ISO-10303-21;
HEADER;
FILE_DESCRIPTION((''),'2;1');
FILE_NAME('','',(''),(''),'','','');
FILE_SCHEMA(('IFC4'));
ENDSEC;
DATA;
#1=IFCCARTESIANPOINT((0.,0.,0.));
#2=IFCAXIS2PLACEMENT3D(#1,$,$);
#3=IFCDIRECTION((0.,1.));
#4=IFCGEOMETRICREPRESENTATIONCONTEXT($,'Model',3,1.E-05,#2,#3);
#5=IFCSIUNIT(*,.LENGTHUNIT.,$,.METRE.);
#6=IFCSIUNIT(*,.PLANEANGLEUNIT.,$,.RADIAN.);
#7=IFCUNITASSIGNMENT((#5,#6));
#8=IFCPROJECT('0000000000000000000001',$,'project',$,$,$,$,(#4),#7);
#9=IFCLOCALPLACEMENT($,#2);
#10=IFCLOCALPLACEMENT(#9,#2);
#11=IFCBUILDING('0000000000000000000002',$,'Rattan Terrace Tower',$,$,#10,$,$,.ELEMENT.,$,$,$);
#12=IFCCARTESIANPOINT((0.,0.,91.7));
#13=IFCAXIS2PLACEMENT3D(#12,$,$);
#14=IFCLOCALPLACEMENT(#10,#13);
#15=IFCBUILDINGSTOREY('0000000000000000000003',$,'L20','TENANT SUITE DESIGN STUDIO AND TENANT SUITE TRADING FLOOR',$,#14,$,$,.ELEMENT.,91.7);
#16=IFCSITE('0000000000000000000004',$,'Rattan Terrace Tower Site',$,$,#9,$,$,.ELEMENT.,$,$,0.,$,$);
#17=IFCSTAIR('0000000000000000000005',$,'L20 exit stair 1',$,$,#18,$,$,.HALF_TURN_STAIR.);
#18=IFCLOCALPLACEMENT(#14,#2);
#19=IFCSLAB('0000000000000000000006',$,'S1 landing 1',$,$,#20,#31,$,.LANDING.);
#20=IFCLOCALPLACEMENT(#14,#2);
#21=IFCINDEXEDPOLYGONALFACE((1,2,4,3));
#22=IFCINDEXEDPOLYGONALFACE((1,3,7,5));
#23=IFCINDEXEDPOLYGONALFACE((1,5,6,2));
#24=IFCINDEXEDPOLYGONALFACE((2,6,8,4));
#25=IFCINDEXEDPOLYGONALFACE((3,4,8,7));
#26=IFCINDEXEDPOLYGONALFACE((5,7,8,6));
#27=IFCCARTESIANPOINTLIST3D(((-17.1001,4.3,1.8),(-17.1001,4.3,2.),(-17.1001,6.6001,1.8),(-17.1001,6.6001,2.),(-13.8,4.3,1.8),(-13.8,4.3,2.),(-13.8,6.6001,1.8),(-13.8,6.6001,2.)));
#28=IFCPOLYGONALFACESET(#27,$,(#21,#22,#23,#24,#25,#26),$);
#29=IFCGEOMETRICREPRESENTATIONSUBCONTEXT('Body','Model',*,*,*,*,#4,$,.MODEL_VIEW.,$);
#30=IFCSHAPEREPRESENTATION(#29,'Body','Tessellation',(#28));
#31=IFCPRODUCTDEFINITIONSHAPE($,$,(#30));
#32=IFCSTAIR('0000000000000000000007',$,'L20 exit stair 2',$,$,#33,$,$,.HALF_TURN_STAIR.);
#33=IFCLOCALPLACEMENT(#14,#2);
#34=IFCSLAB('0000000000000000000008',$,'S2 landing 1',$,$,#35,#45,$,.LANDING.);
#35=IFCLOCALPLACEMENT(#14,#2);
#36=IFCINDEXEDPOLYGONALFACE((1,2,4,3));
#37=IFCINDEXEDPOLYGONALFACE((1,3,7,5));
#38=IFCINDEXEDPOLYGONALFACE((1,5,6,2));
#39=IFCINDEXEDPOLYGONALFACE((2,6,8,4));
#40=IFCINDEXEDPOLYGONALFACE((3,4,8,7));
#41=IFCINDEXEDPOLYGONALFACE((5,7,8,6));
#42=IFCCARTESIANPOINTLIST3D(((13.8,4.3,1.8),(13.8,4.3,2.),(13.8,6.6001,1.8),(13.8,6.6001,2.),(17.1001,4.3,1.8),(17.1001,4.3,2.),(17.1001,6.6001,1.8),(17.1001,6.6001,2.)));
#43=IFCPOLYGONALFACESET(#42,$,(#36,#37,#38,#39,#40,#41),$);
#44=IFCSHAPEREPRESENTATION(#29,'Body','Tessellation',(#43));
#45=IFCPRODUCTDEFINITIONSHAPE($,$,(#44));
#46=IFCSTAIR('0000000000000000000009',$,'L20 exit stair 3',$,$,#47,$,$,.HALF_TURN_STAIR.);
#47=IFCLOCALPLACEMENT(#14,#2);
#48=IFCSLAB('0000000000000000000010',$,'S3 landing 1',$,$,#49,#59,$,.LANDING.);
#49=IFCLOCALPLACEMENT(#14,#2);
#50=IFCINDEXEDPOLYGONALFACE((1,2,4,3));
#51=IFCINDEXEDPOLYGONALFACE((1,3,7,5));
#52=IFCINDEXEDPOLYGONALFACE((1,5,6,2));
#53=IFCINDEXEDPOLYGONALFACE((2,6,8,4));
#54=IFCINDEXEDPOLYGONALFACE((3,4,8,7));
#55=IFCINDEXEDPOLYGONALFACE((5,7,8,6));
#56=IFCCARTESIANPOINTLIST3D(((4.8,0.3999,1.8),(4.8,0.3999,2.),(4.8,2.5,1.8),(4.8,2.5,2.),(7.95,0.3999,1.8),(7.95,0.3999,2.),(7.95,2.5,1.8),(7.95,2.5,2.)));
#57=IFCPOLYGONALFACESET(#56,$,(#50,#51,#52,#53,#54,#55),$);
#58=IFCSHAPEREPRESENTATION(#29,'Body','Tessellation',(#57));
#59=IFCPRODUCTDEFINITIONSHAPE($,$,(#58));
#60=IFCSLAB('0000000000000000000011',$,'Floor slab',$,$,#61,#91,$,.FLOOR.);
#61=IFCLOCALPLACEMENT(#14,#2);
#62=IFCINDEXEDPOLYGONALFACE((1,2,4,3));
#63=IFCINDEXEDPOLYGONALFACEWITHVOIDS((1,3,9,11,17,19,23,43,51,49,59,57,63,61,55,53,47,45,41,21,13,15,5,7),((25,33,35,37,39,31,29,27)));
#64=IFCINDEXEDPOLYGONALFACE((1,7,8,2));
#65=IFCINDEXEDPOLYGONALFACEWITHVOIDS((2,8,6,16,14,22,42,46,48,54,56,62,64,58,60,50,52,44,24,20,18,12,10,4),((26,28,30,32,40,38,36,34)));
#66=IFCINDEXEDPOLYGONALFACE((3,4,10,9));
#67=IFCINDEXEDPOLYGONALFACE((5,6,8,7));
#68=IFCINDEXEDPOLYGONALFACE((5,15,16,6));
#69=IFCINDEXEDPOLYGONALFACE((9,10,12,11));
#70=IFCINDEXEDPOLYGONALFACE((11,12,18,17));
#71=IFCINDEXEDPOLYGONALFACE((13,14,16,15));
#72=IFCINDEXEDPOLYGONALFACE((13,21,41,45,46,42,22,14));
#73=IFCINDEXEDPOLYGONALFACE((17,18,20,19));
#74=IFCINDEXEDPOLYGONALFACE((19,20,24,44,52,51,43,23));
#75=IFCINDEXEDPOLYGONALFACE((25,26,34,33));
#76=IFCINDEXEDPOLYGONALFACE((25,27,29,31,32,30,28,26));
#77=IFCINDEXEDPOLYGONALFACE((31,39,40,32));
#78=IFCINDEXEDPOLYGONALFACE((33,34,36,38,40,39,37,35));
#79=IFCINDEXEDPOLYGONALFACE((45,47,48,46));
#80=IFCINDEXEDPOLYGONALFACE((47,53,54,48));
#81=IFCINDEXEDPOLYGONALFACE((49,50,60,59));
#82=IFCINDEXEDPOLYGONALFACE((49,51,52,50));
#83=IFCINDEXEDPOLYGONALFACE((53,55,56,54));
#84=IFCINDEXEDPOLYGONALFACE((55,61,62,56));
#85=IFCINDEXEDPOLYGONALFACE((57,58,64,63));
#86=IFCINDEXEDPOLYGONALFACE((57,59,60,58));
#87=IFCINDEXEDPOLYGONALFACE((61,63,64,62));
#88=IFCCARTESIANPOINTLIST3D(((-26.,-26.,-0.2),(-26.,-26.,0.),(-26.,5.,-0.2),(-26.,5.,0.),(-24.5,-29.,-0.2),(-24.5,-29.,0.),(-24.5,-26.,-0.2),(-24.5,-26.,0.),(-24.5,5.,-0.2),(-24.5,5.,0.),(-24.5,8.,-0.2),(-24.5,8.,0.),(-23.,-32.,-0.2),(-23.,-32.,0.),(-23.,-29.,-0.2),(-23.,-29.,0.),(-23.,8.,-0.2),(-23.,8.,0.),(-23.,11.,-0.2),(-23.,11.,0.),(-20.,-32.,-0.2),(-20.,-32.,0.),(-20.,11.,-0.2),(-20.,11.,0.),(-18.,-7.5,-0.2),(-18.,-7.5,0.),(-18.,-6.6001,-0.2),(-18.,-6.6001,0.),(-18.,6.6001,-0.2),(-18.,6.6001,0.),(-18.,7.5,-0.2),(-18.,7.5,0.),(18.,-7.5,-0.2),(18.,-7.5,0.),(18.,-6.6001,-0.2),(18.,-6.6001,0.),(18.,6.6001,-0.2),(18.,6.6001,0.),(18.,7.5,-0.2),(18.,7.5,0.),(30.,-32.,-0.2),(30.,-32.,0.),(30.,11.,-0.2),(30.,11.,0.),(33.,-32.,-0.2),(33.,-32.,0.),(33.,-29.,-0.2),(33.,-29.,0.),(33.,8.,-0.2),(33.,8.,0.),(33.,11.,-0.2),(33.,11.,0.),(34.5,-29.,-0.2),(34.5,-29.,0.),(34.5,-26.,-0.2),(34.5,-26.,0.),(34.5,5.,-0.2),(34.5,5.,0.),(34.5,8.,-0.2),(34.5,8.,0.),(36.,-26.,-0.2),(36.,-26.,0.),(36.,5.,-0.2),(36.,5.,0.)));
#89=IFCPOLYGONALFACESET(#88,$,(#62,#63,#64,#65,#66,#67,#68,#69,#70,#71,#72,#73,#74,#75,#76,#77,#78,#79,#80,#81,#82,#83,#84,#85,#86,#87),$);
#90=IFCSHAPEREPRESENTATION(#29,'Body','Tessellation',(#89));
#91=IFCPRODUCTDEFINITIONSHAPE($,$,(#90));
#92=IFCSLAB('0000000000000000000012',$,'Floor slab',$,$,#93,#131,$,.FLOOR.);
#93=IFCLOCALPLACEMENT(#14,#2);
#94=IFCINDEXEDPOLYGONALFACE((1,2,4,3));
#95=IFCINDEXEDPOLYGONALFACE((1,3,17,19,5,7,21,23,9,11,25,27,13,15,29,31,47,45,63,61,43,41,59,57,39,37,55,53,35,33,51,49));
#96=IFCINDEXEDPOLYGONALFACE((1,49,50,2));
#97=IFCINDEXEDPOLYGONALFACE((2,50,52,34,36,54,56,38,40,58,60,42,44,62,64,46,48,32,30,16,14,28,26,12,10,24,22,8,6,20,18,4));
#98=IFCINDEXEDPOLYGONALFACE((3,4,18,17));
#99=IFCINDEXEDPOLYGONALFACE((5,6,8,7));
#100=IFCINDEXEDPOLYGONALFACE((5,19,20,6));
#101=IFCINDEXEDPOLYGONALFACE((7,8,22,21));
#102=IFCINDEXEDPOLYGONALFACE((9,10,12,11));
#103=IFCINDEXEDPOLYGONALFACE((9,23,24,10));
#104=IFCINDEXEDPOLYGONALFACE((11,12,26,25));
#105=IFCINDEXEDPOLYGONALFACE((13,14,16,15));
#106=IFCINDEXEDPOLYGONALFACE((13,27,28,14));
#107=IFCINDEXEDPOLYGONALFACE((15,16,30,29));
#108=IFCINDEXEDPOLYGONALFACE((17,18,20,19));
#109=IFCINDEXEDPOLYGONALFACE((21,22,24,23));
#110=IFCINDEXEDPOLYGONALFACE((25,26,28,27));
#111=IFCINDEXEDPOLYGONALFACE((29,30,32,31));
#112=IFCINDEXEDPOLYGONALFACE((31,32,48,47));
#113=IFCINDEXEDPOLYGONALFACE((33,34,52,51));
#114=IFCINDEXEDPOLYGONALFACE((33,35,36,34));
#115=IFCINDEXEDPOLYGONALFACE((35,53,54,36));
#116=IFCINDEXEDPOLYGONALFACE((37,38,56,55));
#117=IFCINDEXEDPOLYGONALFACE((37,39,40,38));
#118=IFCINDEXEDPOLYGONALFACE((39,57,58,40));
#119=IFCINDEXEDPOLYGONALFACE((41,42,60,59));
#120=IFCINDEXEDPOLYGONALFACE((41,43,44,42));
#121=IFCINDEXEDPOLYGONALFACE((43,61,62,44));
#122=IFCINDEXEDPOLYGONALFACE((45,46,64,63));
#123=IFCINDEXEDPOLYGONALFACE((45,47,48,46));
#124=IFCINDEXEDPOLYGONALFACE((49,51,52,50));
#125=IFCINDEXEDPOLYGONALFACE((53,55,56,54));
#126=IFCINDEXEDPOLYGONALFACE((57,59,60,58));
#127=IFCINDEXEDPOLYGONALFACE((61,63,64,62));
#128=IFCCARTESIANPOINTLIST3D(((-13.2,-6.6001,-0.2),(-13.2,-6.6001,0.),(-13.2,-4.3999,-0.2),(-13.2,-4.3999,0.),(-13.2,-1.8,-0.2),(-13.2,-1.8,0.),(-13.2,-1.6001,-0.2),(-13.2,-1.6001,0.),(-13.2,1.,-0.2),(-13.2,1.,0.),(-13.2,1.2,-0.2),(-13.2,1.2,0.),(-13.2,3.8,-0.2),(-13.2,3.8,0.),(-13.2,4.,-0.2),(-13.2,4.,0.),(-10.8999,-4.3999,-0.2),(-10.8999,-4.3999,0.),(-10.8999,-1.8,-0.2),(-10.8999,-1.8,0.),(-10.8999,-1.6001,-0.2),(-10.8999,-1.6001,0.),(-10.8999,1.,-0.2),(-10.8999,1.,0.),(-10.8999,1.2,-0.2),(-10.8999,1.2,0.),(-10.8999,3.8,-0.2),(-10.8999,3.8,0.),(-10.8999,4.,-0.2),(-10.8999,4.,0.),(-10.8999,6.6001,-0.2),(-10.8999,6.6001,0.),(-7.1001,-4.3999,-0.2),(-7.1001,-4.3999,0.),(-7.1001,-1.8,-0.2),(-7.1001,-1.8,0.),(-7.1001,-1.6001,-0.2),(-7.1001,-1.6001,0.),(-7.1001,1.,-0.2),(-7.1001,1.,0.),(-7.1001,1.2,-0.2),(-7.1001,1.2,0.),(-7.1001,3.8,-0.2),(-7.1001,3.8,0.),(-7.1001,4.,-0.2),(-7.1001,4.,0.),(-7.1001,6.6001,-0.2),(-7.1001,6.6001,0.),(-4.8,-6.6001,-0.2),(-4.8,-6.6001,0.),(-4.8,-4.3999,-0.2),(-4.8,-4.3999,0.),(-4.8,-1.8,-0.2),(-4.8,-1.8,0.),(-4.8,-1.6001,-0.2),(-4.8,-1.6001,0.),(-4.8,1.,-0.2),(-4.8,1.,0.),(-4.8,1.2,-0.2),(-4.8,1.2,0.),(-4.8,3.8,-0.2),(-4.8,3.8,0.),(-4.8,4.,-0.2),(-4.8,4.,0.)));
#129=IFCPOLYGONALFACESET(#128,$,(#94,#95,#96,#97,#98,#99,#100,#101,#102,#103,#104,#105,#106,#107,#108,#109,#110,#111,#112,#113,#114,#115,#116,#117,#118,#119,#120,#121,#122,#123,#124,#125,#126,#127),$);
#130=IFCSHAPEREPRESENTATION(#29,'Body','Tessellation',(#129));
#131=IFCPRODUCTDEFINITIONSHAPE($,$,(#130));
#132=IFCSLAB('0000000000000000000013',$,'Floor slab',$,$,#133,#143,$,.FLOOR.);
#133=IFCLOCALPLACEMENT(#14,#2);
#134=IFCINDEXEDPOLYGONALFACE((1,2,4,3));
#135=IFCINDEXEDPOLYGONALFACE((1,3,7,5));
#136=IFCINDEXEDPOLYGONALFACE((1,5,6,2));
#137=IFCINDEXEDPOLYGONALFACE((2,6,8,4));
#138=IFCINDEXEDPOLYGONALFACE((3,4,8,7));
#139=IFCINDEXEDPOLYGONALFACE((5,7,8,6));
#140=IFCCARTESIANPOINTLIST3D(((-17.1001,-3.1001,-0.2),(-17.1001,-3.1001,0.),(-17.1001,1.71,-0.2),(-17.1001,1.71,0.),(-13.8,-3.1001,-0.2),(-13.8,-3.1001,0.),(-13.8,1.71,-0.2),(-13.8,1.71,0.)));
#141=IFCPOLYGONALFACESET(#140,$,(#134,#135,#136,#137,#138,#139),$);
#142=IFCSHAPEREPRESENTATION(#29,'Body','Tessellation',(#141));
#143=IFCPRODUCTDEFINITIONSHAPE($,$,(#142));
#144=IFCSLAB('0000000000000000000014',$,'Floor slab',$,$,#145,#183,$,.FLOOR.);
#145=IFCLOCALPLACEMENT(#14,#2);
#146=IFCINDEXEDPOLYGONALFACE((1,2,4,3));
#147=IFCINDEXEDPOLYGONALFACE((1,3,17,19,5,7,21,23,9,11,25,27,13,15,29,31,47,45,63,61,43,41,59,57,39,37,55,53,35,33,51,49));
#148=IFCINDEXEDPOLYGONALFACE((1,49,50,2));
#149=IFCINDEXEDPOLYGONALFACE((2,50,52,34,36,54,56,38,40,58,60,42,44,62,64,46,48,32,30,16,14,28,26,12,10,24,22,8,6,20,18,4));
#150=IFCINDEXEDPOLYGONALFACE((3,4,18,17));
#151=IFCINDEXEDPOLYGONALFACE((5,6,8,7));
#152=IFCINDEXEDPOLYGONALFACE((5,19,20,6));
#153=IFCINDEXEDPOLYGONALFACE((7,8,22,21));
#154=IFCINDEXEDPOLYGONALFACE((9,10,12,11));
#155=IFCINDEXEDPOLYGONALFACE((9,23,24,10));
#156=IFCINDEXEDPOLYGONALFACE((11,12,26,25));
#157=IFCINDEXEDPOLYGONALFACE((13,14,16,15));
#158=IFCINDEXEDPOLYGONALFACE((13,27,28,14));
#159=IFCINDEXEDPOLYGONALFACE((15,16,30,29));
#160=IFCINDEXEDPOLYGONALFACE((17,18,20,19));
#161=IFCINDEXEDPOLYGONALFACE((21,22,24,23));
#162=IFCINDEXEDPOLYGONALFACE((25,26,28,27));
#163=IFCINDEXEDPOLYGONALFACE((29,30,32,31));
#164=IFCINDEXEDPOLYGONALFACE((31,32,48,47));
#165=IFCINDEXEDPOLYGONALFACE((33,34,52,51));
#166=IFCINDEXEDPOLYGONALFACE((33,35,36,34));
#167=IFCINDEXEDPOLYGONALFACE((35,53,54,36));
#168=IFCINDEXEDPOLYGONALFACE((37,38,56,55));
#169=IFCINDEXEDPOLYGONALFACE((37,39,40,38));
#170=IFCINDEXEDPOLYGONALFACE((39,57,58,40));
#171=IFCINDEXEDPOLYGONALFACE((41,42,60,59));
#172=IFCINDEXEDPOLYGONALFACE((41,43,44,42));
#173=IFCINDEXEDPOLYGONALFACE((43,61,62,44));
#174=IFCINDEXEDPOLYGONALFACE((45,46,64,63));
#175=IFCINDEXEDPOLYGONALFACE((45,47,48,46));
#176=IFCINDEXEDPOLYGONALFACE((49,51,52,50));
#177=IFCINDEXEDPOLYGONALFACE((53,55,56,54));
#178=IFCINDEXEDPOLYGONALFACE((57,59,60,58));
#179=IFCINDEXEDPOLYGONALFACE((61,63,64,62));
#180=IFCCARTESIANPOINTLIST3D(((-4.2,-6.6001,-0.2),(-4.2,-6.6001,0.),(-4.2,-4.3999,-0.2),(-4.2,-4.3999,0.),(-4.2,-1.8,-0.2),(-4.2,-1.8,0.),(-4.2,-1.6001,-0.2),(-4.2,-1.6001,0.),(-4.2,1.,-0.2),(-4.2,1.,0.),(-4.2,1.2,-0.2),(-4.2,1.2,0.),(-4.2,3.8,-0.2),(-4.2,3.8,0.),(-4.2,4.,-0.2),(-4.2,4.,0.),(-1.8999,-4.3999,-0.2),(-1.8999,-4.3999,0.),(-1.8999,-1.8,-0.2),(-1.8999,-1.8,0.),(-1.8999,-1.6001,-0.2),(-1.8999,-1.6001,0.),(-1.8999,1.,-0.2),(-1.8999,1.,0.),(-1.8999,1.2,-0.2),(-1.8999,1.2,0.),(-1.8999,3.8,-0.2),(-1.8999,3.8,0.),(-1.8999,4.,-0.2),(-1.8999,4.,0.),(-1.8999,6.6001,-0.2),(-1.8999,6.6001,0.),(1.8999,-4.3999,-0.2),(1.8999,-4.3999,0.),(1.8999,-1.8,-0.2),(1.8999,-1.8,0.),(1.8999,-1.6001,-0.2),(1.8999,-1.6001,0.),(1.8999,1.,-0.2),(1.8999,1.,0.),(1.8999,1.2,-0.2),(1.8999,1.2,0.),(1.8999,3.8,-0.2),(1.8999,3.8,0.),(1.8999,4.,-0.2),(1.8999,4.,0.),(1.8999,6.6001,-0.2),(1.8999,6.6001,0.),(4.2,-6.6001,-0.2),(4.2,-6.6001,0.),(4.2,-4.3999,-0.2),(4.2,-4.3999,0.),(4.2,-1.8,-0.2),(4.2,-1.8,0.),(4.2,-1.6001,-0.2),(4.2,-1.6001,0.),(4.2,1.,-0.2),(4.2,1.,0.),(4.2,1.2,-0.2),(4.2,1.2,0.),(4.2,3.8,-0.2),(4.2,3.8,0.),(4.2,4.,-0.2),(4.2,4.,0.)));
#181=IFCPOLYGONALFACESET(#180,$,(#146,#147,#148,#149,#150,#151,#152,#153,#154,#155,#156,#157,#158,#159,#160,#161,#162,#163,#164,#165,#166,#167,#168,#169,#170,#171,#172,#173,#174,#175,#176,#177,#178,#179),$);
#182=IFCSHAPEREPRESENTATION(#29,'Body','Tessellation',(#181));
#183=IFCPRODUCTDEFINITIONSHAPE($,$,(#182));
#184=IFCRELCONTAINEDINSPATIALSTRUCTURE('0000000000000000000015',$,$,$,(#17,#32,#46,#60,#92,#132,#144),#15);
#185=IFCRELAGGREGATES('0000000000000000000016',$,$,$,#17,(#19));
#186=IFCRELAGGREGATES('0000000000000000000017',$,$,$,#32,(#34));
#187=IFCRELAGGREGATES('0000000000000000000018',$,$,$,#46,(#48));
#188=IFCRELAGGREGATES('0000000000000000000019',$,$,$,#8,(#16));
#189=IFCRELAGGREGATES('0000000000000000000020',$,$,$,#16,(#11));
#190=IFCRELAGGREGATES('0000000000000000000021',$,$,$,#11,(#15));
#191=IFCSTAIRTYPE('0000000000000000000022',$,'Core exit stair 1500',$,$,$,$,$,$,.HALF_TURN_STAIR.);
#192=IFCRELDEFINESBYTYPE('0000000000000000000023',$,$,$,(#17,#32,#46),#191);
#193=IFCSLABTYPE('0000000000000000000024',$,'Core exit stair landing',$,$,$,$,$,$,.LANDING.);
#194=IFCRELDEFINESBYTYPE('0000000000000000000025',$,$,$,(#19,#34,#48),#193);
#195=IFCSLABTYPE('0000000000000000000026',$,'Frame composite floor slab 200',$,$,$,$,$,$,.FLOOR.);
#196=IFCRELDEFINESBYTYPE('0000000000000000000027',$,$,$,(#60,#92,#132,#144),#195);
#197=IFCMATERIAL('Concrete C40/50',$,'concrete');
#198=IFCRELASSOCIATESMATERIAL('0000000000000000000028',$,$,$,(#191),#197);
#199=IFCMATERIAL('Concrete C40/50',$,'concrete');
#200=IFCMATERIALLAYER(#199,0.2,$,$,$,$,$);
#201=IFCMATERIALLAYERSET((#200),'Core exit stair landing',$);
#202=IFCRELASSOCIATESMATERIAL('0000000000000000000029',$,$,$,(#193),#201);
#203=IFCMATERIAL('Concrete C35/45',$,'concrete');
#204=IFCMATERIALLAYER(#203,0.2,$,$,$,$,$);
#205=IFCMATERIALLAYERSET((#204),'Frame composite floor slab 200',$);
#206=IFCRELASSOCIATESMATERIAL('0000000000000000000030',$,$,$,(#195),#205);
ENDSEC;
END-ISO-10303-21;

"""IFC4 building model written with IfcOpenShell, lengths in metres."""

from ifc_helpers import new_model, si_unit, direction, frame, origin, place, context, subcontext, project, spatial, polyline, outline, extrude, material, layer, layer_set, type_object, element, aggregate, save


model = new_model("IFC4")

# Units and contexts
model_context = context("Model", 3, precision=1e-05, world=origin(), true_north=direction((0.0, 1.0)))
body_context = subcontext(model_context, "Body", "Model", "MODEL_VIEW")
ifc_project = project(units=[si_unit("LENGTHUNIT", "METRE"), si_unit("PLANEANGLEUNIT", "RADIAN")], contexts=[model_context])

# Site, building, storey
site_placement = place(None, origin())
site = spatial("IfcSite", under=ifc_project, at=site_placement, Name="Rattan Terrace Tower Site", CompositionType="ELEMENT", RefElevation=0.0)
building_placement = place(site_placement, origin())
building = spatial("IfcBuilding", under=site, at=building_placement, Name="Rattan Terrace Tower", CompositionType="ELEMENT")
storey_placement = place(building_placement, frame((0.0, 0.0, 91.7)))
storey = spatial("IfcBuildingStorey", under=building, at=storey_placement, Name="L20", Description="TENANT SUITE DESIGN STUDIO AND TENANT SUITE TRADING FLOOR", CompositionType="ELEMENT", Elevation=91.7)

# Stairs, slabs
ifc_material_1 = material(Name="Concrete C40/50", Category="concrete")
stair_type = type_object("IfcStairType", Name="Core exit stair 1500", PredefinedType="HALF_TURN_STAIR", material=ifc_material_1)
stair_1_placement = place(storey_placement, origin())
stair_1 = element("IfcStair", 1, at=stair_1_placement, inside=storey, type_object=stair_type, Name="L20 exit stair 1", PredefinedType="HALF_TURN_STAIR")
ifc_material_2 = material(Name="Concrete C40/50", Category="concrete")
ifc_layer_1 = layer(ifc_material_2, 0.2)
ifc_layer_set_1 = layer_set([ifc_layer_1], Name="Core exit stair landing")
slab_type_1 = type_object("IfcSlabType", Name="Core exit stair landing", PredefinedType="LANDING", material=ifc_layer_set_1)
slab_1_placement = place(storey_placement, frame((0.0, 0.0, 1.8)))
slab_1 = element("IfcSlab", 2, at=slab_1_placement, type_object=slab_type_1, Name="S1 landing 1", PredefinedType="LANDING", context=body_context, shape_type="SweptSolid", body=[
    extrude(outline(polyline([(-13.8, 4.3), (-13.8, 6.6001), (-17.1001, 6.6001), (-17.1001, 4.3), (-13.8, 4.3)])), origin(), (0.0, 0.0, 1.0), 0.2),
])
aggregate(stair_1, [slab_1])
stair_2_placement = place(storey_placement, origin())
stair_2 = element("IfcStair", 3, at=stair_2_placement, inside=storey, type_object=stair_type, Name="L20 exit stair 2", PredefinedType="HALF_TURN_STAIR")
slab_2_placement = place(storey_placement, frame((0.0, 0.0, 1.8)))
slab_2 = element("IfcSlab", 4, at=slab_2_placement, type_object=slab_type_1, Name="S2 landing 1", PredefinedType="LANDING", context=body_context, shape_type="SweptSolid", body=[
    extrude(outline(polyline([(17.1001, 4.3), (17.1001, 6.6001), (13.8, 6.6001), (13.8, 4.3), (17.1001, 4.3)])), origin(), (0.0, 0.0, 1.0), 0.2),
])
aggregate(stair_2, [slab_2])
stair_3_placement = place(storey_placement, origin())
stair_3 = element("IfcStair", 5, at=stair_3_placement, inside=storey, type_object=stair_type, Name="L20 exit stair 3", PredefinedType="HALF_TURN_STAIR")
slab_3_placement = place(storey_placement, frame((0.0, 0.0, 1.8)))
slab_3 = element("IfcSlab", 6, at=slab_3_placement, type_object=slab_type_1, Name="S3 landing 1", PredefinedType="LANDING", context=body_context, shape_type="SweptSolid", body=[
    extrude(outline(polyline([(4.8, 2.5), (4.8, 0.3999), (7.95, 0.3999), (7.95, 2.5), (4.8, 2.5)])), origin(), (0.0, 0.0, 1.0), 0.2),
])
aggregate(stair_3, [slab_3])

# Slabs
ifc_material_3 = material(Name="Concrete C35/45", Category="concrete")
ifc_layer_2 = layer(ifc_material_3, 0.2)
ifc_layer_set_2 = layer_set([ifc_layer_2], Name="Frame composite floor slab 200")
slab_type_2 = type_object("IfcSlabType", Name="Frame composite floor slab 200", PredefinedType="FLOOR", material=ifc_layer_set_2)
slab_4_placement = place(storey_placement, frame((0.0, 0.0, -0.2)))
element("IfcSlab", 7, at=slab_4_placement, inside=storey, type_object=slab_type_2, Name="Floor slab", PredefinedType="FLOOR", context=body_context, shape_type="SweptSolid", body=[
    extrude(outline(polyline([(-20.0, -32.0), (30.0, -32.0), (33.0, -32.0), (33.0, -29.0), (34.5, -29.0), (34.5, -26.0), (36.0, -26.0), (36.0, 5.0), (34.5, 5.0), (34.5, 8.0), (33.0, 8.0), (33.0, 11.0), (30.0, 11.0), (-20.0, 11.0), (-23.0, 11.0), (-23.0, 8.0), (-24.5, 8.0), (-24.5, 5.0), (-26.0, 5.0), (-26.0, -26.0), (-24.5, -26.0), (-24.5, -29.0), (-23.0, -29.0), (-23.0, -32.0), (-20.0, -32.0)]), holes=[polyline([(-18.0, -6.6001), (-18.0, -7.5), (18.0, -7.5), (18.0, -6.6001), (18.0, 6.6001), (18.0, 7.5), (-18.0, 7.5), (-18.0, 6.6001), (-18.0, -6.6001)])]), origin(), (0.0, 0.0, 1.0), 0.2),
])
slab_5_placement = place(storey_placement, frame((0.0, 0.0, -0.2)))
element("IfcSlab", 8, at=slab_5_placement, inside=storey, type_object=slab_type_2, Name="Floor slab", PredefinedType="FLOOR", context=body_context, shape_type="SweptSolid", body=[
    extrude(outline(polyline([(-10.8999, 6.6001), (-10.8999, 4.0), (-13.2, 4.0), (-13.2, 3.8), (-10.8999, 3.8), (-10.8999, 1.2), (-13.2, 1.2), (-13.2, 1.0), (-10.8999, 1.0), (-10.8999, -1.6001), (-13.2, -1.6001), (-13.2, -1.8), (-10.8999, -1.8), (-10.8999, -4.3999), (-13.2, -4.3999), (-13.2, -6.6001), (-4.8, -6.6001), (-4.8, -4.3999), (-7.1001, -4.3999), (-7.1001, -1.8), (-4.8, -1.8), (-4.8, -1.6001), (-7.1001, -1.6001), (-7.1001, 1.0), (-4.8, 1.0), (-4.8, 1.2), (-7.1001, 1.2), (-7.1001, 3.8), (-4.8, 3.8), (-4.8, 4.0), (-7.1001, 4.0), (-7.1001, 6.6001), (-10.8999, 6.6001)])), origin(), (0.0, 0.0, 1.0), 0.2),
])
slab_6_placement = place(storey_placement, frame((0.0, 0.0, -0.2)))
element("IfcSlab", 9, at=slab_6_placement, inside=storey, type_object=slab_type_2, Name="Floor slab", PredefinedType="FLOOR", context=body_context, shape_type="SweptSolid", body=[
    extrude(outline(polyline([(-17.1001, -3.1001), (-13.8, -3.1001), (-13.8, 1.71), (-17.1001, 1.71), (-17.1001, -3.1001)])), origin(), (0.0, 0.0, 1.0), 0.2),
])
slab_7_placement = place(storey_placement, frame((0.0, 0.0, -0.2)))
element("IfcSlab", 10, at=slab_7_placement, inside=storey, type_object=slab_type_2, Name="Floor slab", PredefinedType="FLOOR", context=body_context, shape_type="SweptSolid", body=[
    extrude(outline(polyline([(-4.2, 4.0), (-4.2, 3.8), (-1.8999, 3.8), (-1.8999, 1.2), (-4.2, 1.2), (-4.2, 1.0), (-1.8999, 1.0), (-1.8999, -1.6001), (-4.2, -1.6001), (-4.2, -1.8), (-1.8999, -1.8), (-1.8999, -4.3999), (-4.2, -4.3999), (-4.2, -6.6001), (4.2, -6.6001), (4.2, -4.3999), (1.8999, -4.3999), (1.8999, -1.8), (4.2, -1.8), (4.2, -1.6001), (1.8999, -1.6001), (1.8999, 1.0), (4.2, 1.0), (4.2, 1.2), (1.8999, 1.2), (1.8999, 3.8), (4.2, 3.8), (4.2, 4.0), (1.8999, 4.0), (1.8999, 6.6001), (-1.8999, 6.6001), (-1.8999, 4.0), (-4.2, 4.0)])), origin(), (0.0, 0.0, 1.0), 0.2),
])

save(model, "model.ifc")
